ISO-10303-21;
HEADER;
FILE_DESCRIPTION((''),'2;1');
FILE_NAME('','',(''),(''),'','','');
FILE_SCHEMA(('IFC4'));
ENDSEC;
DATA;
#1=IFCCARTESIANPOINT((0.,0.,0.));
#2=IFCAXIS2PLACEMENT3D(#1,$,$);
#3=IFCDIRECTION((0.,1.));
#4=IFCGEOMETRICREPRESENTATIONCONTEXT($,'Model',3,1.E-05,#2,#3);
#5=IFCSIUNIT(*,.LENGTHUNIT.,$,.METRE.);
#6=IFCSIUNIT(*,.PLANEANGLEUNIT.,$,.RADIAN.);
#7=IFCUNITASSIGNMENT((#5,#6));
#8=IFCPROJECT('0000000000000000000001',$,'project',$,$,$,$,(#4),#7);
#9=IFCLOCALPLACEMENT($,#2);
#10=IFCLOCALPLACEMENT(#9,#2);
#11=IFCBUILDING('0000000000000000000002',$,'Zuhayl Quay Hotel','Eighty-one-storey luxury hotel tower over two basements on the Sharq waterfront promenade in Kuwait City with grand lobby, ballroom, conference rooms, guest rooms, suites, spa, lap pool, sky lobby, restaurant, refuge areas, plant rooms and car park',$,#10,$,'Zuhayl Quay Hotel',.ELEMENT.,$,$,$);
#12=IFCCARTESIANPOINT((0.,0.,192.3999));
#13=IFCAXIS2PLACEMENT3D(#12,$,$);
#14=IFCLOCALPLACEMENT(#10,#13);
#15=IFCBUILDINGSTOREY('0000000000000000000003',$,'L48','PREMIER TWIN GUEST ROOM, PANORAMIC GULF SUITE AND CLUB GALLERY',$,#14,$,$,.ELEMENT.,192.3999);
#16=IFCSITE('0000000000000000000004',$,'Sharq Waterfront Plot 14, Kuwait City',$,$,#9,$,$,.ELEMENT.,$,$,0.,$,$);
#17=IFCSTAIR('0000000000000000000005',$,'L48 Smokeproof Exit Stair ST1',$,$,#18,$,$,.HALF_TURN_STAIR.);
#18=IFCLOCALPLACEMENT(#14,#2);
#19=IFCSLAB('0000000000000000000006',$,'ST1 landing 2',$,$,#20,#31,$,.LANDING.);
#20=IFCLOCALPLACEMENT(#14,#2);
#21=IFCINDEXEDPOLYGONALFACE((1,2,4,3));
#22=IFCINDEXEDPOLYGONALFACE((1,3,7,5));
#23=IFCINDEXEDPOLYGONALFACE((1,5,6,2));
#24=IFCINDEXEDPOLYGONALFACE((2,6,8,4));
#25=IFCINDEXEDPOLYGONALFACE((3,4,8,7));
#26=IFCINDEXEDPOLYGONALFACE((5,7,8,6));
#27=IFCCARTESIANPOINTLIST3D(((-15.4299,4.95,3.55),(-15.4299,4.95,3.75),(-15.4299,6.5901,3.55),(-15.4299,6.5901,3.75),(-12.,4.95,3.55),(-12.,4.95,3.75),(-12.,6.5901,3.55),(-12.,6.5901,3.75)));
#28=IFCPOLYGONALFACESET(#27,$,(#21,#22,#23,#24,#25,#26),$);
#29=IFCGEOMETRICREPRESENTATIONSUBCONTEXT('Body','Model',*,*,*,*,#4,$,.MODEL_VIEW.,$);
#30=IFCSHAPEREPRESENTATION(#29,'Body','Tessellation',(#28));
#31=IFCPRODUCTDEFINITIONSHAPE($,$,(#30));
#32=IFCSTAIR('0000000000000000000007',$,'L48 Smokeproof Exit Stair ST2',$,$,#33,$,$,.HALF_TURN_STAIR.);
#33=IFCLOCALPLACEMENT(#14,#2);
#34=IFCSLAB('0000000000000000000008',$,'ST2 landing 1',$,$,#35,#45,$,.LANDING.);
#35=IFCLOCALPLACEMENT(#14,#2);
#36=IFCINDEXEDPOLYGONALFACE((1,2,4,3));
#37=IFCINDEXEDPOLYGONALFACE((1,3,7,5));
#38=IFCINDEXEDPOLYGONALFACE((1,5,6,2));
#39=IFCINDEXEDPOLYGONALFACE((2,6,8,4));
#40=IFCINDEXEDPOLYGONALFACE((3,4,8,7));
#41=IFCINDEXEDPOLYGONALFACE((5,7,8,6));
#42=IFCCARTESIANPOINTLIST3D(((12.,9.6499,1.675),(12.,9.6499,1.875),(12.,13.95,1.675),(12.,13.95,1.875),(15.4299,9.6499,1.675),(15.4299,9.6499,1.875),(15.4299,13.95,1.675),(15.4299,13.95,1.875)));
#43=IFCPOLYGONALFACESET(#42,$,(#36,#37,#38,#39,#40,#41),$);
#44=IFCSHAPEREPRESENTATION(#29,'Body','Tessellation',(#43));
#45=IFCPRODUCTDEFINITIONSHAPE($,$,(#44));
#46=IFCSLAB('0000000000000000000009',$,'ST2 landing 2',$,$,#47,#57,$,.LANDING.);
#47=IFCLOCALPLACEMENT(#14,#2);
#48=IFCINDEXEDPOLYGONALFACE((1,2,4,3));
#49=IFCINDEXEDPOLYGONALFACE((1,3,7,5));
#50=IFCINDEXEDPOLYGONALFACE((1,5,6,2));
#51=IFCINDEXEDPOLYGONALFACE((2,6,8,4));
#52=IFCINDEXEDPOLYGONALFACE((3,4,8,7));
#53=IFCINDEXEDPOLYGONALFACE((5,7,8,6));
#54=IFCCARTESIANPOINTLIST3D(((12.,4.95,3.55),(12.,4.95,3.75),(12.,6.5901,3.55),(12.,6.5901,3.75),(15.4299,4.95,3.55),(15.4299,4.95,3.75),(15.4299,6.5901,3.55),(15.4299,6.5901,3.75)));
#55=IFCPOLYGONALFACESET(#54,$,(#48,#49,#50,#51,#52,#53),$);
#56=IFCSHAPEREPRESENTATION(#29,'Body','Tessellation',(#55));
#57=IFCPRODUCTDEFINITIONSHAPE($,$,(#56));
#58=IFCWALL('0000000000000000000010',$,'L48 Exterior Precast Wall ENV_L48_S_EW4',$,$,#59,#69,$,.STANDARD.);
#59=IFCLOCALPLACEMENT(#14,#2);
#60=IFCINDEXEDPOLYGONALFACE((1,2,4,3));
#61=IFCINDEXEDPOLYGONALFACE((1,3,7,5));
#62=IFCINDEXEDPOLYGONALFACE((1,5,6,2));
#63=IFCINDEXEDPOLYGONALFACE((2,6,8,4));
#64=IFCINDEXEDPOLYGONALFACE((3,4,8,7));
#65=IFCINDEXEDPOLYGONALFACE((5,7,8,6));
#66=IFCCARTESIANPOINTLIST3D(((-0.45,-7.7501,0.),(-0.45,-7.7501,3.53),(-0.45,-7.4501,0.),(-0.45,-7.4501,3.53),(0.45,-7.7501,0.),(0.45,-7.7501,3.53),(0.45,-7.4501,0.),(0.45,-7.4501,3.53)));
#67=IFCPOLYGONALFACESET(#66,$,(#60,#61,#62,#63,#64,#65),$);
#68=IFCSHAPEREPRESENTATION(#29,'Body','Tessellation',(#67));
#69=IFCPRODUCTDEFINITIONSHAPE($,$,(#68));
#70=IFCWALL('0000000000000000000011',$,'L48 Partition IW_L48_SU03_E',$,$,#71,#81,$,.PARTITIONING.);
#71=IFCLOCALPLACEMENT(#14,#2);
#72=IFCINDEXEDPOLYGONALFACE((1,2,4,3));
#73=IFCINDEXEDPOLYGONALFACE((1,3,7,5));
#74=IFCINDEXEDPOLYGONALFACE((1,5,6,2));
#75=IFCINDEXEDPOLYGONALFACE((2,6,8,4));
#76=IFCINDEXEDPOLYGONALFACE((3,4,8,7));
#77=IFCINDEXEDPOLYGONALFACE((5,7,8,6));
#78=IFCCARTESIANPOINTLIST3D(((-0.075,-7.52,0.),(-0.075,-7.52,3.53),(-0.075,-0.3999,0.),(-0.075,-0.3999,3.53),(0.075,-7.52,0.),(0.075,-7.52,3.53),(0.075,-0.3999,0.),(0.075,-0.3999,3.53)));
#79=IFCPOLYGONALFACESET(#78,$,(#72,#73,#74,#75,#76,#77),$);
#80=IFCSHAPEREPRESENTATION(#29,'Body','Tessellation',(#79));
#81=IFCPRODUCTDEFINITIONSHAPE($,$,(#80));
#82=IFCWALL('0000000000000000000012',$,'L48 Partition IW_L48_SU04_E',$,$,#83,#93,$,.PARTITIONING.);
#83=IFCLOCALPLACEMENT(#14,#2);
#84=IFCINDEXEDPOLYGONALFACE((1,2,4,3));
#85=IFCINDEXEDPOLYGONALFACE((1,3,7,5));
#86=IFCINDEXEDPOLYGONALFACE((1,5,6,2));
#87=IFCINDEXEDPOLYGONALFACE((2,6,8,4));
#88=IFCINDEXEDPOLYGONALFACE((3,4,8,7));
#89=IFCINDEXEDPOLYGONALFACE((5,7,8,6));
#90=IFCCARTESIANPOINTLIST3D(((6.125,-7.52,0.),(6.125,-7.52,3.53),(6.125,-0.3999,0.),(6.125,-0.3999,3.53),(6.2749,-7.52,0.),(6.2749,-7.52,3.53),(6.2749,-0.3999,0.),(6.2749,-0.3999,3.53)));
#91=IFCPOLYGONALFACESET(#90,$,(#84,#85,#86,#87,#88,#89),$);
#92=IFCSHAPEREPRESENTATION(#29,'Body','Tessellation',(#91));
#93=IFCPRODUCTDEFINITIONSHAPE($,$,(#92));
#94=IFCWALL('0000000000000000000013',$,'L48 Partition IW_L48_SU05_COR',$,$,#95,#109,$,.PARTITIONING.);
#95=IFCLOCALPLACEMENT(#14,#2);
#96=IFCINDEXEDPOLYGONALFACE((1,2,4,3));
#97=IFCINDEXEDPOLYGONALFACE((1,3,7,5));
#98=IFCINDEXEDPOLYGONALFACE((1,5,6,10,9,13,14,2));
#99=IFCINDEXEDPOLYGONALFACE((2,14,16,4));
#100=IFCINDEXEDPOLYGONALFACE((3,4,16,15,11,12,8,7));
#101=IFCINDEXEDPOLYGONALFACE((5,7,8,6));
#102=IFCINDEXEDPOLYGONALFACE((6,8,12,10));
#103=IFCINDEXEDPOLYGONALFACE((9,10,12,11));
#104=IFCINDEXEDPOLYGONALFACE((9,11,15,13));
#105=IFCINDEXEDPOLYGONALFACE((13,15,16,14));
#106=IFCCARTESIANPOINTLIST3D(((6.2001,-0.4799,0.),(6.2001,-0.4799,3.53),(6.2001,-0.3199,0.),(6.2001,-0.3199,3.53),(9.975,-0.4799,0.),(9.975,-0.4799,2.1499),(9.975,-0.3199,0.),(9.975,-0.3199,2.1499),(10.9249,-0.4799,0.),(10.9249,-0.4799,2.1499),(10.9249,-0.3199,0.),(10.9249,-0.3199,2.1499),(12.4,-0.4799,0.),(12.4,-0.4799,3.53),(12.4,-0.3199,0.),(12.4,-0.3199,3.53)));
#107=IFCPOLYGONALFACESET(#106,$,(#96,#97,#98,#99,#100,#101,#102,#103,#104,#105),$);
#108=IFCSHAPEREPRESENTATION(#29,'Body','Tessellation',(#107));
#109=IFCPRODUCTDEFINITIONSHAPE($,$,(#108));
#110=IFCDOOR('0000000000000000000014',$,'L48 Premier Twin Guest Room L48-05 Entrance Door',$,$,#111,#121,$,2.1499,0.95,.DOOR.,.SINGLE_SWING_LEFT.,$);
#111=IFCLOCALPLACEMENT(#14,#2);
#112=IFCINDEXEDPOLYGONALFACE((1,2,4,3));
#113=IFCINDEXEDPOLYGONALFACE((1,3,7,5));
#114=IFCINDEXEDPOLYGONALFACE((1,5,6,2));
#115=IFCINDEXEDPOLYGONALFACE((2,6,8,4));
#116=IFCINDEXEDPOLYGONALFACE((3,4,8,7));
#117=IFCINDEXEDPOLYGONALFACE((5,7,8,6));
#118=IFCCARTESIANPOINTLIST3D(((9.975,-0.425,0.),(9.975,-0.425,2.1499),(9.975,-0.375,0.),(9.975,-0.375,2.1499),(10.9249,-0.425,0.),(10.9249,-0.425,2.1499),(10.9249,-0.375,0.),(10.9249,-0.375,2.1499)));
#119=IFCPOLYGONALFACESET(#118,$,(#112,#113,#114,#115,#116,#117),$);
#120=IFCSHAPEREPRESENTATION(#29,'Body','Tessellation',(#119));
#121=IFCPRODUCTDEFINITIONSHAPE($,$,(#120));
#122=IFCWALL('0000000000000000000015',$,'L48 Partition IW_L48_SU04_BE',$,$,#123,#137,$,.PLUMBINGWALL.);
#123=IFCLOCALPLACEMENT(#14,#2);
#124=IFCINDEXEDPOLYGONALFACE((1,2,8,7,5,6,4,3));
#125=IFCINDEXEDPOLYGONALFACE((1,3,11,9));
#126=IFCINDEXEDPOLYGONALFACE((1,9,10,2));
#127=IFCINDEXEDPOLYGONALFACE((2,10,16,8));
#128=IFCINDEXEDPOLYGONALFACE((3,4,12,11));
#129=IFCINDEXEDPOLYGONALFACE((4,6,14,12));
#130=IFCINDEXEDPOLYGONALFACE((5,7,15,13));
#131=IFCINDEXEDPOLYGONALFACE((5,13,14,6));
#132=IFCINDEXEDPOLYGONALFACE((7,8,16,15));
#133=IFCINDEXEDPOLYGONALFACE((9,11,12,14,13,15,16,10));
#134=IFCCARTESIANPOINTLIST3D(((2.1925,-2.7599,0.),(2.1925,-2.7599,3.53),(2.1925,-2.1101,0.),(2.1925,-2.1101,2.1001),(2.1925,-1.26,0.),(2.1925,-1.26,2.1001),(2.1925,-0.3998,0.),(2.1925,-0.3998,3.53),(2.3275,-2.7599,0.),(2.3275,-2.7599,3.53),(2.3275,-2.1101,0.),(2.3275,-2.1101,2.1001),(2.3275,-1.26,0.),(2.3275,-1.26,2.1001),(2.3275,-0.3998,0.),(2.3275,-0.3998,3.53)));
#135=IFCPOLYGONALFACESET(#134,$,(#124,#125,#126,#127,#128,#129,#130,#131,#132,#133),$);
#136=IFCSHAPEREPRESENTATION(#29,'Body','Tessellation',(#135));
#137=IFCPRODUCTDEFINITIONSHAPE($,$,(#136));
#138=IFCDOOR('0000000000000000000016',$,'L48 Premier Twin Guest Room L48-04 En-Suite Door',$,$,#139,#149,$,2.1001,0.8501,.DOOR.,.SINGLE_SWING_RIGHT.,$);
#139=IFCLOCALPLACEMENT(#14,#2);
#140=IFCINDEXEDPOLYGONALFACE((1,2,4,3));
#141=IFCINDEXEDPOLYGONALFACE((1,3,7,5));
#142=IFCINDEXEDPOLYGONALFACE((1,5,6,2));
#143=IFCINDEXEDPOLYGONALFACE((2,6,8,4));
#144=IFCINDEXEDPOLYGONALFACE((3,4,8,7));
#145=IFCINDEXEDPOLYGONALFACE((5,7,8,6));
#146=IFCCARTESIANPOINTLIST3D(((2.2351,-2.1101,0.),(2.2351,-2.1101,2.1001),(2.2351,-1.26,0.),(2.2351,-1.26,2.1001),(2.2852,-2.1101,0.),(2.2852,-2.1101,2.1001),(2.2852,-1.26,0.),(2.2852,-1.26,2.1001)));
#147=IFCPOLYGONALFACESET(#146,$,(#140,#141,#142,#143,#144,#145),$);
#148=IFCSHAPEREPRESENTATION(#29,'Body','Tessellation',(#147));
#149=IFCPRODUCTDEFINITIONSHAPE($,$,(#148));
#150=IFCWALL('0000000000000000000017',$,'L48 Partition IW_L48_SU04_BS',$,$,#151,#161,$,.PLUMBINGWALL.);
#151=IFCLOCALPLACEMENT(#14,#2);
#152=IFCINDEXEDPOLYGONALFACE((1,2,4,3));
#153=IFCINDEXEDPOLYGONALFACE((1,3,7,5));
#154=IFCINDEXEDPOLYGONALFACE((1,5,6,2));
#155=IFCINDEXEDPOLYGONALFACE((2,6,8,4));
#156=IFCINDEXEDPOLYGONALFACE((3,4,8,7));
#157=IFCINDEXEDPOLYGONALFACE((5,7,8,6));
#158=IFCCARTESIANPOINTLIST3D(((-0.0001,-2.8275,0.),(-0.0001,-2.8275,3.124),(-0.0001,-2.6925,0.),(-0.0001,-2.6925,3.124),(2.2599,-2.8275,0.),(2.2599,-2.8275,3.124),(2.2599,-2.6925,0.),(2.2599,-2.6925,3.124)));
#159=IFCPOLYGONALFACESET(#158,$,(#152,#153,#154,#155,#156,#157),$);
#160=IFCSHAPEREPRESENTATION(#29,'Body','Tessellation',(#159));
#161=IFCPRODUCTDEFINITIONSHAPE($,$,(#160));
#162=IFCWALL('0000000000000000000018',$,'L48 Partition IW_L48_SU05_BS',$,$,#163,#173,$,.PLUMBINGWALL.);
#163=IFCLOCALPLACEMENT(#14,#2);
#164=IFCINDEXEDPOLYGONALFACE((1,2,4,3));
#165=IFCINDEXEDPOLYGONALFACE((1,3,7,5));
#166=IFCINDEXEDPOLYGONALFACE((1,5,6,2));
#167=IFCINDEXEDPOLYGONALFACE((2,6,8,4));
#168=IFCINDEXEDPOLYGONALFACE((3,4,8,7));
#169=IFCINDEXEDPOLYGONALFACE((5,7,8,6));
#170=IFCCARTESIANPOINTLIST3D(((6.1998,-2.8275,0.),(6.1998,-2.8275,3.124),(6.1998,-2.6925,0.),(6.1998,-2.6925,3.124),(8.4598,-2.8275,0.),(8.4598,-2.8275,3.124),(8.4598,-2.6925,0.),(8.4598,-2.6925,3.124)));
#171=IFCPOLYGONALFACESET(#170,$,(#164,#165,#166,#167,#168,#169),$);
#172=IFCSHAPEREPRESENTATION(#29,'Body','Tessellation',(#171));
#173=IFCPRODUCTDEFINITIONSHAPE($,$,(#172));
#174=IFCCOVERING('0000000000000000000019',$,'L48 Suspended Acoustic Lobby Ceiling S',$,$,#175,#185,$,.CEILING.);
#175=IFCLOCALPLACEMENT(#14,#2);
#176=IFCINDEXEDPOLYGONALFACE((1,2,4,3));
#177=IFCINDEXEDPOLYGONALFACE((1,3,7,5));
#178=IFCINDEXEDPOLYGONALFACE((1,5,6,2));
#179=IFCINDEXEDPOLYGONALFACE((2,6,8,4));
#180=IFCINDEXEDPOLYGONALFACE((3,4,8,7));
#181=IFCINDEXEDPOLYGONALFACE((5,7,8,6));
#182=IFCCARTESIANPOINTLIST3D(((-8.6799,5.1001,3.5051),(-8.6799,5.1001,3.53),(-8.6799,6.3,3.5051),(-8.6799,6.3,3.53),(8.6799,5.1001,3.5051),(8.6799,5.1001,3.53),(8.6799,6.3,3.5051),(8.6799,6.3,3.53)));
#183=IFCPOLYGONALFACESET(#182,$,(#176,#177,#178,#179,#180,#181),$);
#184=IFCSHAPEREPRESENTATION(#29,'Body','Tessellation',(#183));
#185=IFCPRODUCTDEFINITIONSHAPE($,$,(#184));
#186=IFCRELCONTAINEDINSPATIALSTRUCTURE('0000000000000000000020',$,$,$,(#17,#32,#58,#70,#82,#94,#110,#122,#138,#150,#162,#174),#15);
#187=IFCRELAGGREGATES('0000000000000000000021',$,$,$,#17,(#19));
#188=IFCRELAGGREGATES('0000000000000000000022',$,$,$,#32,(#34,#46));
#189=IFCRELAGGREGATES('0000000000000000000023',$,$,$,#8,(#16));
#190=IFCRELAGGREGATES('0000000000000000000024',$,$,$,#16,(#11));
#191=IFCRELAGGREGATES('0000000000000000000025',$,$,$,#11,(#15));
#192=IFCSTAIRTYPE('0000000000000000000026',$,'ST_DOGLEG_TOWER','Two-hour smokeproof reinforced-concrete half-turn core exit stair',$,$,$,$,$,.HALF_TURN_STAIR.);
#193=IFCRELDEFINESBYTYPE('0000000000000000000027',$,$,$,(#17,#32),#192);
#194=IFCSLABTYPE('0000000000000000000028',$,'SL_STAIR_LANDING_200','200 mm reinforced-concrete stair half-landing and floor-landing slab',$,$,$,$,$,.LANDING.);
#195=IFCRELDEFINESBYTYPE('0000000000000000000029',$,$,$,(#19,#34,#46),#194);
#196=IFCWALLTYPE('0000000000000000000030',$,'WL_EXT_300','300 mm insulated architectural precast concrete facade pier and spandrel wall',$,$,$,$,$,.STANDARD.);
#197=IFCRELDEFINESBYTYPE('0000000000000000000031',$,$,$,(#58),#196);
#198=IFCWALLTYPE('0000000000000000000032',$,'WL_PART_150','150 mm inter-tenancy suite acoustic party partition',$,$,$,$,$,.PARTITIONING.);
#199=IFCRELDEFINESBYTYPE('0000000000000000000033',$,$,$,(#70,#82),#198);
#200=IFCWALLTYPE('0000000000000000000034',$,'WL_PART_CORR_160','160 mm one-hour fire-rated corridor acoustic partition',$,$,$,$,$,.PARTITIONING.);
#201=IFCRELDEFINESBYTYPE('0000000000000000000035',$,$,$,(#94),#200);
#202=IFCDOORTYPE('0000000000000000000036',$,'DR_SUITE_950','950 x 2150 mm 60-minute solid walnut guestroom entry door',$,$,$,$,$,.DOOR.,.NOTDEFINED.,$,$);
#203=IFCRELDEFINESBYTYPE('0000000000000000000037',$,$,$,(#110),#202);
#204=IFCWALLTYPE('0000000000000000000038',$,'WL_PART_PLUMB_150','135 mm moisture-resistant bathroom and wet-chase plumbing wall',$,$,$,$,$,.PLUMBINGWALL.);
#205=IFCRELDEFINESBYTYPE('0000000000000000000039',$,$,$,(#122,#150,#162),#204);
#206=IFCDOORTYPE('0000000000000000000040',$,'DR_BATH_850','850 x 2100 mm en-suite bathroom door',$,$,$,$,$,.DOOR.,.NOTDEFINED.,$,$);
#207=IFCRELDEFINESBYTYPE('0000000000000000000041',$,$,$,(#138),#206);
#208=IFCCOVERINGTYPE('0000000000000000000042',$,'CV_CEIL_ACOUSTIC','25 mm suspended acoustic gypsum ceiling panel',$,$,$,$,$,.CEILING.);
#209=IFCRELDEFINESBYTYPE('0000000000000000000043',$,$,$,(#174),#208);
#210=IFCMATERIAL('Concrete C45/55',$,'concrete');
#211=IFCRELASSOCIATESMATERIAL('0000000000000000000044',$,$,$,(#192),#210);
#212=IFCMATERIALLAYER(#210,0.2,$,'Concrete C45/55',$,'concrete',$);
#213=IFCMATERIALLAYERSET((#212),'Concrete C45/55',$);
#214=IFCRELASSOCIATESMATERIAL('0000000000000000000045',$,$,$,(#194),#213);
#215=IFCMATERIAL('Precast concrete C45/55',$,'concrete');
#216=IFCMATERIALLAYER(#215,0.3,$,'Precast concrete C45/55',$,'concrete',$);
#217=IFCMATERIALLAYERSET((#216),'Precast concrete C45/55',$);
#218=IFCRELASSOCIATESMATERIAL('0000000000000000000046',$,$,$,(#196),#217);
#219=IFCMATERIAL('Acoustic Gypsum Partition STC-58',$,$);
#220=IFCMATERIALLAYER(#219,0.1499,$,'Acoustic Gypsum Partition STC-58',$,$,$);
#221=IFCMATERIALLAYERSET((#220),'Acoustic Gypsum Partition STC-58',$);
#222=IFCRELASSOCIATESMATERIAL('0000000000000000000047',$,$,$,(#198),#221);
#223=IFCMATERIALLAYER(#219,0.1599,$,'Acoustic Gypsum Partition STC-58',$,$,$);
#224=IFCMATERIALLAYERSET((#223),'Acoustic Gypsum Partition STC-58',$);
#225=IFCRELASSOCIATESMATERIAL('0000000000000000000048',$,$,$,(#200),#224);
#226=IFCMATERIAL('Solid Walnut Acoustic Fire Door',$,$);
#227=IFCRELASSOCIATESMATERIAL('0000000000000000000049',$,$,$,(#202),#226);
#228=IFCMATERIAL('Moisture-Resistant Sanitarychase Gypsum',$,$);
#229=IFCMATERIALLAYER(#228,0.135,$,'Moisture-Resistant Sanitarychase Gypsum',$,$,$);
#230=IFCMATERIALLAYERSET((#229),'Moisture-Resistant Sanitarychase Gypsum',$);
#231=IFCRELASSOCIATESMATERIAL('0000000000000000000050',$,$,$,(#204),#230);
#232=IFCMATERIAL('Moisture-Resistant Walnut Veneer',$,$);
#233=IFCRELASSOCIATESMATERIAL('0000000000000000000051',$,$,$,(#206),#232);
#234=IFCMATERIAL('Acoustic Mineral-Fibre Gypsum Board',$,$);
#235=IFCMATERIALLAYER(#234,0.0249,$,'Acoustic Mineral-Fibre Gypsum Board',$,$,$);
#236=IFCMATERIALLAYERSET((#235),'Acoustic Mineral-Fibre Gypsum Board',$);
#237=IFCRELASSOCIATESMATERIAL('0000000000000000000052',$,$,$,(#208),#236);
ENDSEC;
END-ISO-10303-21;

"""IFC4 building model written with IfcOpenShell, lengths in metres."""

from ifc_helpers import new_model, si_unit, direction, frame, frame_2d, origin, place, context, subcontext, project, spatial, polyline, rectangle, outline, extrude, material, layer, layer_set, type_object, element, fill, aggregate, save


model = new_model("IFC4")

# Units and contexts
model_context = context("Model", 3, precision=1e-05, world=origin(), true_north=direction((0.0, 1.0)))
body_context = subcontext(model_context, "Body", "Model", "MODEL_VIEW")
ifc_project = project(units=[si_unit("LENGTHUNIT", "METRE"), si_unit("PLANEANGLEUNIT", "RADIAN")], contexts=[model_context])

# Site, building, storey
site_placement = place(None, origin())
site = spatial("IfcSite", under=ifc_project, at=site_placement, Name="Sharq Waterfront Plot 14, Kuwait City", CompositionType="ELEMENT", RefElevation=0.0)
building_placement = place(site_placement, origin())
building = spatial("IfcBuilding", under=site, at=building_placement, Name="Zuhayl Quay Hotel", Description="Eighty-one-storey luxury hotel tower over two basements on the Sharq waterfront promenade in Kuwait City with grand lobby, ballroom, conference rooms, guest rooms, suites, spa, lap pool, sky lobby, restaurant, refuge areas, plant rooms and car park", LongName="Zuhayl Quay Hotel", CompositionType="ELEMENT")
storey_placement = place(building_placement, frame((0.0, 0.0, 192.3999)))
storey = spatial("IfcBuildingStorey", under=building, at=storey_placement, Name="L48", Description="PREMIER TWIN GUEST ROOM, PANORAMIC GULF SUITE AND CLUB GALLERY", CompositionType="ELEMENT", Elevation=192.3999)

# Stairs, slabs
ifc_material_1 = material(Name="Concrete C45/55", Category="concrete")
stair_type = type_object("IfcStairType", Name="ST_DOGLEG_TOWER", Description="Two-hour smokeproof reinforced-concrete half-turn core exit stair", PredefinedType="HALF_TURN_STAIR", material=ifc_material_1)
stair_1_placement = place(storey_placement, origin())
stair_1 = element("IfcStair", 1, at=stair_1_placement, inside=storey, type_object=stair_type, Name="L48 Smokeproof Exit Stair ST1", PredefinedType="HALF_TURN_STAIR")
ifc_layer_1 = layer(ifc_material_1, 0.2, Name="Concrete C45/55", Category="concrete")
ifc_layer_set_1 = layer_set([ifc_layer_1], Name="Concrete C45/55")
slab_type = type_object("IfcSlabType", Name="SL_STAIR_LANDING_200", Description="200 mm reinforced-concrete stair half-landing and floor-landing slab", PredefinedType="LANDING", material=ifc_layer_set_1)
slab_1_placement = place(storey_placement, frame((0.0, 0.0, 3.55)))
slab_1 = element("IfcSlab", 2, at=slab_1_placement, type_object=slab_type, Name="ST1 landing 2", PredefinedType="LANDING", context=body_context, shape_type="SweptSolid", body=[
    extrude(outline(polyline([(-12.0, 4.95), (-12.0, 6.5901), (-15.4299, 6.5901), (-15.4299, 4.95), (-12.0, 4.95)])), origin(), (0.0, 0.0, 1.0), 0.2),
])
aggregate(stair_1, [slab_1])
stair_2_placement = place(storey_placement, origin())
stair_2 = element("IfcStair", 3, at=stair_2_placement, inside=storey, type_object=stair_type, Name="L48 Smokeproof Exit Stair ST2", PredefinedType="HALF_TURN_STAIR")
slab_2_placement = place(storey_placement, frame((0.0, 0.0, 1.675)))
slab_2 = element("IfcSlab", 4, at=slab_2_placement, type_object=slab_type, Name="ST2 landing 1", PredefinedType="LANDING", context=body_context, shape_type="SweptSolid", body=[
    extrude(outline(polyline([(15.4299, 9.6499), (15.4299, 13.95), (12.0, 13.95), (12.0, 9.6499), (15.4299, 9.6499)])), origin(), (0.0, 0.0, 1.0), 0.2),
])
slab_3_placement = place(storey_placement, frame((0.0, 0.0, 3.55)))
slab_3 = element("IfcSlab", 5, at=slab_3_placement, type_object=slab_type, Name="ST2 landing 2", PredefinedType="LANDING", context=body_context, shape_type="SweptSolid", body=[
    extrude(outline(polyline([(15.4299, 4.95), (15.4299, 6.5901), (12.0, 6.5901), (12.0, 4.95), (15.4299, 4.95)])), origin(), (0.0, 0.0, 1.0), 0.2),
])
aggregate(stair_2, [slab_2, slab_3])

# Walls
ifc_material_2 = material(Name="Precast concrete C45/55", Category="concrete")
ifc_layer_2 = layer(ifc_material_2, 0.3, Name="Precast concrete C45/55", Category="concrete")
ifc_layer_set_2 = layer_set([ifc_layer_2], Name="Precast concrete C45/55")
wall_type_1 = type_object("IfcWallType", Name="WL_EXT_300", Description="300 mm insulated architectural precast concrete facade pier and spandrel wall", PredefinedType="STANDARD", material=ifc_layer_set_2)
wall_1_placement = place(storey_placement, frame((0.45, -7.6001, 0.0), z_axis=(0.0, 0.0, 1.0), x_axis=(-1.0, 0.0, 0.0)))
element("IfcWall", 6, at=wall_1_placement, inside=storey, type_object=wall_type_1, Name="L48 Exterior Precast Wall ENV_L48_S_EW4", PredefinedType="STANDARD", context=body_context, shape_type="SweptSolid", body=[
    extrude(rectangle(XDim=0.8999, YDim=0.3, at=frame_2d((0.45, 0.0))), origin(), (0.0, 0.0, 1.0), 3.53),
])
ifc_material_3 = material(Name="Acoustic Gypsum Partition STC-58")
ifc_layer_3 = layer(ifc_material_3, 0.1499, Name="Acoustic Gypsum Partition STC-58")
ifc_layer_set_3 = layer_set([ifc_layer_3], Name="Acoustic Gypsum Partition STC-58")
wall_type_2 = type_object("IfcWallType", Name="WL_PART_150", Description="150 mm inter-tenancy suite acoustic party partition", PredefinedType="PARTITIONING", material=ifc_layer_set_3)
for number, where, z_axis, x_axis, name in (
    (7, (0.0, -7.52, 0.0), (0.0, 0.0, 1.0), (0.0, 1.0, 0.0), "L48 Partition IW_L48_SU03_E"),
    (8, (6.2, -7.52, 0.0), (0.0, 0.0, 1.0), (0.0, 1.0, 0.0), "L48 Partition IW_L48_SU04_E"),
):
    element("IfcWall", number, at=place(storey_placement, frame(where, z_axis=z_axis, x_axis=x_axis)), inside=storey, type_object=wall_type_2, Name=name, PredefinedType="PARTITIONING", context=body_context, shape_type="SweptSolid", body=[
        extrude(rectangle(XDim=7.1201, YDim=0.1499, at=frame_2d((3.5601, 0.0))), origin(), (0.0, 0.0, 1.0), 3.53),
    ])

# Walls, openings, doors
ifc_layer_4 = layer(ifc_material_3, 0.1599, Name="Acoustic Gypsum Partition STC-58")
ifc_layer_set_4 = layer_set([ifc_layer_4], Name="Acoustic Gypsum Partition STC-58")
wall_type_3 = type_object("IfcWallType", Name="WL_PART_CORR_160", Description="160 mm one-hour fire-rated corridor acoustic partition", PredefinedType="PARTITIONING", material=ifc_layer_set_4)
wall_2_placement = place(storey_placement, frame((6.2, -0.3999, 0.0), z_axis=(0.0, 0.0, 1.0), x_axis=(1.0, 0.0, 0.0)))
wall_2 = element("IfcWall", 9, at=wall_2_placement, inside=storey, type_object=wall_type_3, Name="L48 Partition IW_L48_SU05_COR", PredefinedType="PARTITIONING", context=body_context, shape_type="SweptSolid", body=[
    extrude(rectangle(XDim=6.2, YDim=0.1599, at=frame_2d((3.1001, 0.0))), origin(), (0.0, 0.0, 1.0), 3.53),
])
opening_1_placement = place(wall_2_placement, frame((3.7749, 0.0, 0.0)))
opening_1 = element("IfcOpeningElement", 10, at=opening_1_placement, cuts=wall_2, PredefinedType="OPENING", context=body_context, shape_type="SweptSolid", body=[
    extrude(rectangle(XDim=0.95, YDim=2.1499, at=frame_2d((0.4751, 1.075))), frame((0.0, 0.0898, 0.0), z_axis=(0.0, -1.0, 0.0), x_axis=(1.0, 0.0, 0.0)), (0.0, 0.0, 1.0), 0.1799),
])
ifc_material_4 = material(Name="Solid Walnut Acoustic Fire Door")
door_type_1 = type_object("IfcDoorType", Name="DR_SUITE_950", Description="950 x 2150 mm 60-minute solid walnut guestroom entry door", OperationType="NOTDEFINED", PredefinedType="DOOR", material=ifc_material_4)
door_1_placement = place(opening_1_placement, origin())
door_1 = element("IfcDoor", 11, at=door_1_placement, inside=storey, type_object=door_type_1, Name="L48 Premier Twin Guest Room L48-05 Entrance Door", OperationType="SINGLE_SWING_LEFT", OverallHeight=2.1499, OverallWidth=0.95, PredefinedType="DOOR", context=body_context, shape_type="SweptSolid", body=[
    extrude(rectangle(XDim=0.95, YDim=2.1499, at=frame_2d((0.4751, 1.075))), frame((0.0, 0.0249, 0.0), z_axis=(0.0, -1.0, 0.0), x_axis=(1.0, 0.0, 0.0)), (0.0, 0.0, 1.0), 0.05),
])
fill(opening_1, door_1)
ifc_material_5 = material(Name="Moisture-Resistant Sanitarychase Gypsum")
ifc_layer_5 = layer(ifc_material_5, 0.135, Name="Moisture-Resistant Sanitarychase Gypsum")
ifc_layer_set_5 = layer_set([ifc_layer_5], Name="Moisture-Resistant Sanitarychase Gypsum")
wall_type_4 = type_object("IfcWallType", Name="WL_PART_PLUMB_150", Description="135 mm moisture-resistant bathroom and wet-chase plumbing wall", PredefinedType="PLUMBINGWALL", material=ifc_layer_set_5)
wall_3_placement = place(storey_placement, frame((2.26, -2.76, 0.0), z_axis=(0.0, 0.0, 1.0), x_axis=(0.0, 1.0, 0.0)))
wall_3 = element("IfcWall", 12, at=wall_3_placement, inside=storey, type_object=wall_type_4, Name="L48 Partition IW_L48_SU04_BE", PredefinedType="PLUMBINGWALL", context=body_context, shape_type="SweptSolid", body=[
    extrude(rectangle(XDim=2.3601, YDim=0.135, at=frame_2d((1.1802, 0.0))), origin(), (0.0, 0.0, 1.0), 3.53),
])
opening_2_placement = place(wall_3_placement, frame((0.6499, 0.0, 0.0)))
opening_2 = element("IfcOpeningElement", 13, at=opening_2_placement, cuts=wall_3, PredefinedType="OPENING", context=body_context, shape_type="SweptSolid", body=[
    extrude(rectangle(XDim=0.8501, YDim=2.1001, at=frame_2d((0.425, 1.05))), frame((0.0, 0.0774, 0.0), z_axis=(0.0, -1.0, 0.0), x_axis=(1.0, 0.0, 0.0)), (0.0, 0.0, 1.0), 0.155),
])
ifc_material_6 = material(Name="Moisture-Resistant Walnut Veneer")
door_type_2 = type_object("IfcDoorType", Name="DR_BATH_850", Description="850 x 2100 mm en-suite bathroom door", OperationType="NOTDEFINED", PredefinedType="DOOR", material=ifc_material_6)
door_2_placement = place(opening_2_placement, origin())
door_2 = element("IfcDoor", 14, at=door_2_placement, inside=storey, type_object=door_type_2, Name="L48 Premier Twin Guest Room L48-04 En-Suite Door", OperationType="SINGLE_SWING_RIGHT", OverallHeight=2.1001, OverallWidth=0.8501, PredefinedType="DOOR", context=body_context, shape_type="SweptSolid", body=[
    extrude(rectangle(XDim=0.8501, YDim=2.1001, at=frame_2d((0.425, 1.05))), frame((0.0, 0.0249, 0.0), z_axis=(0.0, -1.0, 0.0), x_axis=(1.0, 0.0, 0.0)), (0.0, 0.0, 1.0), 0.05),
])
fill(opening_2, door_2)

# Walls
for number, where, z_axis, x_axis, name in (
    (15, (0.0, -2.76, 0.0), (0.0, 0.0, 1.0), (1.0, 0.0, 0.0), "L48 Partition IW_L48_SU04_BS"),
    (16, (6.2, -2.76, 0.0), (0.0, 0.0, 1.0), (1.0, 0.0, 0.0), "L48 Partition IW_L48_SU05_BS"),
):
    element("IfcWall", number, at=place(storey_placement, frame(where, z_axis=z_axis, x_axis=x_axis)), inside=storey, type_object=wall_type_4, Name=name, PredefinedType="PLUMBINGWALL", context=body_context, shape_type="SweptSolid", body=[
        extrude(rectangle(XDim=2.26, YDim=0.135, at=frame_2d((1.1299, 0.0))), origin(), (0.0, 0.0, 1.0), 3.124),
    ])

# Covering
ifc_material_7 = material(Name="Acoustic Mineral-Fibre Gypsum Board")
ifc_layer_6 = layer(ifc_material_7, 0.0249, Name="Acoustic Mineral-Fibre Gypsum Board")
ifc_layer_set_6 = layer_set([ifc_layer_6], Name="Acoustic Mineral-Fibre Gypsum Board")
covering_type = type_object("IfcCoveringType", Name="CV_CEIL_ACOUSTIC", Description="25 mm suspended acoustic gypsum ceiling panel", PredefinedType="CEILING", material=ifc_layer_set_6)
covering_placement = place(storey_placement, frame((0.0, 0.0, 3.5051)))
element("IfcCovering", 17, at=covering_placement, inside=storey, type_object=covering_type, Name="L48 Suspended Acoustic Lobby Ceiling S", PredefinedType="CEILING", context=body_context, shape_type="SweptSolid", body=[
    extrude(outline(polyline([(-8.6799, 5.1001), (8.6799, 5.1001), (8.6799, 6.3), (-8.6799, 6.3), (-8.6799, 5.1001)])), origin(), (0.0, 0.0, 1.0), 0.0249),
])

save(model, "model.ifc")
